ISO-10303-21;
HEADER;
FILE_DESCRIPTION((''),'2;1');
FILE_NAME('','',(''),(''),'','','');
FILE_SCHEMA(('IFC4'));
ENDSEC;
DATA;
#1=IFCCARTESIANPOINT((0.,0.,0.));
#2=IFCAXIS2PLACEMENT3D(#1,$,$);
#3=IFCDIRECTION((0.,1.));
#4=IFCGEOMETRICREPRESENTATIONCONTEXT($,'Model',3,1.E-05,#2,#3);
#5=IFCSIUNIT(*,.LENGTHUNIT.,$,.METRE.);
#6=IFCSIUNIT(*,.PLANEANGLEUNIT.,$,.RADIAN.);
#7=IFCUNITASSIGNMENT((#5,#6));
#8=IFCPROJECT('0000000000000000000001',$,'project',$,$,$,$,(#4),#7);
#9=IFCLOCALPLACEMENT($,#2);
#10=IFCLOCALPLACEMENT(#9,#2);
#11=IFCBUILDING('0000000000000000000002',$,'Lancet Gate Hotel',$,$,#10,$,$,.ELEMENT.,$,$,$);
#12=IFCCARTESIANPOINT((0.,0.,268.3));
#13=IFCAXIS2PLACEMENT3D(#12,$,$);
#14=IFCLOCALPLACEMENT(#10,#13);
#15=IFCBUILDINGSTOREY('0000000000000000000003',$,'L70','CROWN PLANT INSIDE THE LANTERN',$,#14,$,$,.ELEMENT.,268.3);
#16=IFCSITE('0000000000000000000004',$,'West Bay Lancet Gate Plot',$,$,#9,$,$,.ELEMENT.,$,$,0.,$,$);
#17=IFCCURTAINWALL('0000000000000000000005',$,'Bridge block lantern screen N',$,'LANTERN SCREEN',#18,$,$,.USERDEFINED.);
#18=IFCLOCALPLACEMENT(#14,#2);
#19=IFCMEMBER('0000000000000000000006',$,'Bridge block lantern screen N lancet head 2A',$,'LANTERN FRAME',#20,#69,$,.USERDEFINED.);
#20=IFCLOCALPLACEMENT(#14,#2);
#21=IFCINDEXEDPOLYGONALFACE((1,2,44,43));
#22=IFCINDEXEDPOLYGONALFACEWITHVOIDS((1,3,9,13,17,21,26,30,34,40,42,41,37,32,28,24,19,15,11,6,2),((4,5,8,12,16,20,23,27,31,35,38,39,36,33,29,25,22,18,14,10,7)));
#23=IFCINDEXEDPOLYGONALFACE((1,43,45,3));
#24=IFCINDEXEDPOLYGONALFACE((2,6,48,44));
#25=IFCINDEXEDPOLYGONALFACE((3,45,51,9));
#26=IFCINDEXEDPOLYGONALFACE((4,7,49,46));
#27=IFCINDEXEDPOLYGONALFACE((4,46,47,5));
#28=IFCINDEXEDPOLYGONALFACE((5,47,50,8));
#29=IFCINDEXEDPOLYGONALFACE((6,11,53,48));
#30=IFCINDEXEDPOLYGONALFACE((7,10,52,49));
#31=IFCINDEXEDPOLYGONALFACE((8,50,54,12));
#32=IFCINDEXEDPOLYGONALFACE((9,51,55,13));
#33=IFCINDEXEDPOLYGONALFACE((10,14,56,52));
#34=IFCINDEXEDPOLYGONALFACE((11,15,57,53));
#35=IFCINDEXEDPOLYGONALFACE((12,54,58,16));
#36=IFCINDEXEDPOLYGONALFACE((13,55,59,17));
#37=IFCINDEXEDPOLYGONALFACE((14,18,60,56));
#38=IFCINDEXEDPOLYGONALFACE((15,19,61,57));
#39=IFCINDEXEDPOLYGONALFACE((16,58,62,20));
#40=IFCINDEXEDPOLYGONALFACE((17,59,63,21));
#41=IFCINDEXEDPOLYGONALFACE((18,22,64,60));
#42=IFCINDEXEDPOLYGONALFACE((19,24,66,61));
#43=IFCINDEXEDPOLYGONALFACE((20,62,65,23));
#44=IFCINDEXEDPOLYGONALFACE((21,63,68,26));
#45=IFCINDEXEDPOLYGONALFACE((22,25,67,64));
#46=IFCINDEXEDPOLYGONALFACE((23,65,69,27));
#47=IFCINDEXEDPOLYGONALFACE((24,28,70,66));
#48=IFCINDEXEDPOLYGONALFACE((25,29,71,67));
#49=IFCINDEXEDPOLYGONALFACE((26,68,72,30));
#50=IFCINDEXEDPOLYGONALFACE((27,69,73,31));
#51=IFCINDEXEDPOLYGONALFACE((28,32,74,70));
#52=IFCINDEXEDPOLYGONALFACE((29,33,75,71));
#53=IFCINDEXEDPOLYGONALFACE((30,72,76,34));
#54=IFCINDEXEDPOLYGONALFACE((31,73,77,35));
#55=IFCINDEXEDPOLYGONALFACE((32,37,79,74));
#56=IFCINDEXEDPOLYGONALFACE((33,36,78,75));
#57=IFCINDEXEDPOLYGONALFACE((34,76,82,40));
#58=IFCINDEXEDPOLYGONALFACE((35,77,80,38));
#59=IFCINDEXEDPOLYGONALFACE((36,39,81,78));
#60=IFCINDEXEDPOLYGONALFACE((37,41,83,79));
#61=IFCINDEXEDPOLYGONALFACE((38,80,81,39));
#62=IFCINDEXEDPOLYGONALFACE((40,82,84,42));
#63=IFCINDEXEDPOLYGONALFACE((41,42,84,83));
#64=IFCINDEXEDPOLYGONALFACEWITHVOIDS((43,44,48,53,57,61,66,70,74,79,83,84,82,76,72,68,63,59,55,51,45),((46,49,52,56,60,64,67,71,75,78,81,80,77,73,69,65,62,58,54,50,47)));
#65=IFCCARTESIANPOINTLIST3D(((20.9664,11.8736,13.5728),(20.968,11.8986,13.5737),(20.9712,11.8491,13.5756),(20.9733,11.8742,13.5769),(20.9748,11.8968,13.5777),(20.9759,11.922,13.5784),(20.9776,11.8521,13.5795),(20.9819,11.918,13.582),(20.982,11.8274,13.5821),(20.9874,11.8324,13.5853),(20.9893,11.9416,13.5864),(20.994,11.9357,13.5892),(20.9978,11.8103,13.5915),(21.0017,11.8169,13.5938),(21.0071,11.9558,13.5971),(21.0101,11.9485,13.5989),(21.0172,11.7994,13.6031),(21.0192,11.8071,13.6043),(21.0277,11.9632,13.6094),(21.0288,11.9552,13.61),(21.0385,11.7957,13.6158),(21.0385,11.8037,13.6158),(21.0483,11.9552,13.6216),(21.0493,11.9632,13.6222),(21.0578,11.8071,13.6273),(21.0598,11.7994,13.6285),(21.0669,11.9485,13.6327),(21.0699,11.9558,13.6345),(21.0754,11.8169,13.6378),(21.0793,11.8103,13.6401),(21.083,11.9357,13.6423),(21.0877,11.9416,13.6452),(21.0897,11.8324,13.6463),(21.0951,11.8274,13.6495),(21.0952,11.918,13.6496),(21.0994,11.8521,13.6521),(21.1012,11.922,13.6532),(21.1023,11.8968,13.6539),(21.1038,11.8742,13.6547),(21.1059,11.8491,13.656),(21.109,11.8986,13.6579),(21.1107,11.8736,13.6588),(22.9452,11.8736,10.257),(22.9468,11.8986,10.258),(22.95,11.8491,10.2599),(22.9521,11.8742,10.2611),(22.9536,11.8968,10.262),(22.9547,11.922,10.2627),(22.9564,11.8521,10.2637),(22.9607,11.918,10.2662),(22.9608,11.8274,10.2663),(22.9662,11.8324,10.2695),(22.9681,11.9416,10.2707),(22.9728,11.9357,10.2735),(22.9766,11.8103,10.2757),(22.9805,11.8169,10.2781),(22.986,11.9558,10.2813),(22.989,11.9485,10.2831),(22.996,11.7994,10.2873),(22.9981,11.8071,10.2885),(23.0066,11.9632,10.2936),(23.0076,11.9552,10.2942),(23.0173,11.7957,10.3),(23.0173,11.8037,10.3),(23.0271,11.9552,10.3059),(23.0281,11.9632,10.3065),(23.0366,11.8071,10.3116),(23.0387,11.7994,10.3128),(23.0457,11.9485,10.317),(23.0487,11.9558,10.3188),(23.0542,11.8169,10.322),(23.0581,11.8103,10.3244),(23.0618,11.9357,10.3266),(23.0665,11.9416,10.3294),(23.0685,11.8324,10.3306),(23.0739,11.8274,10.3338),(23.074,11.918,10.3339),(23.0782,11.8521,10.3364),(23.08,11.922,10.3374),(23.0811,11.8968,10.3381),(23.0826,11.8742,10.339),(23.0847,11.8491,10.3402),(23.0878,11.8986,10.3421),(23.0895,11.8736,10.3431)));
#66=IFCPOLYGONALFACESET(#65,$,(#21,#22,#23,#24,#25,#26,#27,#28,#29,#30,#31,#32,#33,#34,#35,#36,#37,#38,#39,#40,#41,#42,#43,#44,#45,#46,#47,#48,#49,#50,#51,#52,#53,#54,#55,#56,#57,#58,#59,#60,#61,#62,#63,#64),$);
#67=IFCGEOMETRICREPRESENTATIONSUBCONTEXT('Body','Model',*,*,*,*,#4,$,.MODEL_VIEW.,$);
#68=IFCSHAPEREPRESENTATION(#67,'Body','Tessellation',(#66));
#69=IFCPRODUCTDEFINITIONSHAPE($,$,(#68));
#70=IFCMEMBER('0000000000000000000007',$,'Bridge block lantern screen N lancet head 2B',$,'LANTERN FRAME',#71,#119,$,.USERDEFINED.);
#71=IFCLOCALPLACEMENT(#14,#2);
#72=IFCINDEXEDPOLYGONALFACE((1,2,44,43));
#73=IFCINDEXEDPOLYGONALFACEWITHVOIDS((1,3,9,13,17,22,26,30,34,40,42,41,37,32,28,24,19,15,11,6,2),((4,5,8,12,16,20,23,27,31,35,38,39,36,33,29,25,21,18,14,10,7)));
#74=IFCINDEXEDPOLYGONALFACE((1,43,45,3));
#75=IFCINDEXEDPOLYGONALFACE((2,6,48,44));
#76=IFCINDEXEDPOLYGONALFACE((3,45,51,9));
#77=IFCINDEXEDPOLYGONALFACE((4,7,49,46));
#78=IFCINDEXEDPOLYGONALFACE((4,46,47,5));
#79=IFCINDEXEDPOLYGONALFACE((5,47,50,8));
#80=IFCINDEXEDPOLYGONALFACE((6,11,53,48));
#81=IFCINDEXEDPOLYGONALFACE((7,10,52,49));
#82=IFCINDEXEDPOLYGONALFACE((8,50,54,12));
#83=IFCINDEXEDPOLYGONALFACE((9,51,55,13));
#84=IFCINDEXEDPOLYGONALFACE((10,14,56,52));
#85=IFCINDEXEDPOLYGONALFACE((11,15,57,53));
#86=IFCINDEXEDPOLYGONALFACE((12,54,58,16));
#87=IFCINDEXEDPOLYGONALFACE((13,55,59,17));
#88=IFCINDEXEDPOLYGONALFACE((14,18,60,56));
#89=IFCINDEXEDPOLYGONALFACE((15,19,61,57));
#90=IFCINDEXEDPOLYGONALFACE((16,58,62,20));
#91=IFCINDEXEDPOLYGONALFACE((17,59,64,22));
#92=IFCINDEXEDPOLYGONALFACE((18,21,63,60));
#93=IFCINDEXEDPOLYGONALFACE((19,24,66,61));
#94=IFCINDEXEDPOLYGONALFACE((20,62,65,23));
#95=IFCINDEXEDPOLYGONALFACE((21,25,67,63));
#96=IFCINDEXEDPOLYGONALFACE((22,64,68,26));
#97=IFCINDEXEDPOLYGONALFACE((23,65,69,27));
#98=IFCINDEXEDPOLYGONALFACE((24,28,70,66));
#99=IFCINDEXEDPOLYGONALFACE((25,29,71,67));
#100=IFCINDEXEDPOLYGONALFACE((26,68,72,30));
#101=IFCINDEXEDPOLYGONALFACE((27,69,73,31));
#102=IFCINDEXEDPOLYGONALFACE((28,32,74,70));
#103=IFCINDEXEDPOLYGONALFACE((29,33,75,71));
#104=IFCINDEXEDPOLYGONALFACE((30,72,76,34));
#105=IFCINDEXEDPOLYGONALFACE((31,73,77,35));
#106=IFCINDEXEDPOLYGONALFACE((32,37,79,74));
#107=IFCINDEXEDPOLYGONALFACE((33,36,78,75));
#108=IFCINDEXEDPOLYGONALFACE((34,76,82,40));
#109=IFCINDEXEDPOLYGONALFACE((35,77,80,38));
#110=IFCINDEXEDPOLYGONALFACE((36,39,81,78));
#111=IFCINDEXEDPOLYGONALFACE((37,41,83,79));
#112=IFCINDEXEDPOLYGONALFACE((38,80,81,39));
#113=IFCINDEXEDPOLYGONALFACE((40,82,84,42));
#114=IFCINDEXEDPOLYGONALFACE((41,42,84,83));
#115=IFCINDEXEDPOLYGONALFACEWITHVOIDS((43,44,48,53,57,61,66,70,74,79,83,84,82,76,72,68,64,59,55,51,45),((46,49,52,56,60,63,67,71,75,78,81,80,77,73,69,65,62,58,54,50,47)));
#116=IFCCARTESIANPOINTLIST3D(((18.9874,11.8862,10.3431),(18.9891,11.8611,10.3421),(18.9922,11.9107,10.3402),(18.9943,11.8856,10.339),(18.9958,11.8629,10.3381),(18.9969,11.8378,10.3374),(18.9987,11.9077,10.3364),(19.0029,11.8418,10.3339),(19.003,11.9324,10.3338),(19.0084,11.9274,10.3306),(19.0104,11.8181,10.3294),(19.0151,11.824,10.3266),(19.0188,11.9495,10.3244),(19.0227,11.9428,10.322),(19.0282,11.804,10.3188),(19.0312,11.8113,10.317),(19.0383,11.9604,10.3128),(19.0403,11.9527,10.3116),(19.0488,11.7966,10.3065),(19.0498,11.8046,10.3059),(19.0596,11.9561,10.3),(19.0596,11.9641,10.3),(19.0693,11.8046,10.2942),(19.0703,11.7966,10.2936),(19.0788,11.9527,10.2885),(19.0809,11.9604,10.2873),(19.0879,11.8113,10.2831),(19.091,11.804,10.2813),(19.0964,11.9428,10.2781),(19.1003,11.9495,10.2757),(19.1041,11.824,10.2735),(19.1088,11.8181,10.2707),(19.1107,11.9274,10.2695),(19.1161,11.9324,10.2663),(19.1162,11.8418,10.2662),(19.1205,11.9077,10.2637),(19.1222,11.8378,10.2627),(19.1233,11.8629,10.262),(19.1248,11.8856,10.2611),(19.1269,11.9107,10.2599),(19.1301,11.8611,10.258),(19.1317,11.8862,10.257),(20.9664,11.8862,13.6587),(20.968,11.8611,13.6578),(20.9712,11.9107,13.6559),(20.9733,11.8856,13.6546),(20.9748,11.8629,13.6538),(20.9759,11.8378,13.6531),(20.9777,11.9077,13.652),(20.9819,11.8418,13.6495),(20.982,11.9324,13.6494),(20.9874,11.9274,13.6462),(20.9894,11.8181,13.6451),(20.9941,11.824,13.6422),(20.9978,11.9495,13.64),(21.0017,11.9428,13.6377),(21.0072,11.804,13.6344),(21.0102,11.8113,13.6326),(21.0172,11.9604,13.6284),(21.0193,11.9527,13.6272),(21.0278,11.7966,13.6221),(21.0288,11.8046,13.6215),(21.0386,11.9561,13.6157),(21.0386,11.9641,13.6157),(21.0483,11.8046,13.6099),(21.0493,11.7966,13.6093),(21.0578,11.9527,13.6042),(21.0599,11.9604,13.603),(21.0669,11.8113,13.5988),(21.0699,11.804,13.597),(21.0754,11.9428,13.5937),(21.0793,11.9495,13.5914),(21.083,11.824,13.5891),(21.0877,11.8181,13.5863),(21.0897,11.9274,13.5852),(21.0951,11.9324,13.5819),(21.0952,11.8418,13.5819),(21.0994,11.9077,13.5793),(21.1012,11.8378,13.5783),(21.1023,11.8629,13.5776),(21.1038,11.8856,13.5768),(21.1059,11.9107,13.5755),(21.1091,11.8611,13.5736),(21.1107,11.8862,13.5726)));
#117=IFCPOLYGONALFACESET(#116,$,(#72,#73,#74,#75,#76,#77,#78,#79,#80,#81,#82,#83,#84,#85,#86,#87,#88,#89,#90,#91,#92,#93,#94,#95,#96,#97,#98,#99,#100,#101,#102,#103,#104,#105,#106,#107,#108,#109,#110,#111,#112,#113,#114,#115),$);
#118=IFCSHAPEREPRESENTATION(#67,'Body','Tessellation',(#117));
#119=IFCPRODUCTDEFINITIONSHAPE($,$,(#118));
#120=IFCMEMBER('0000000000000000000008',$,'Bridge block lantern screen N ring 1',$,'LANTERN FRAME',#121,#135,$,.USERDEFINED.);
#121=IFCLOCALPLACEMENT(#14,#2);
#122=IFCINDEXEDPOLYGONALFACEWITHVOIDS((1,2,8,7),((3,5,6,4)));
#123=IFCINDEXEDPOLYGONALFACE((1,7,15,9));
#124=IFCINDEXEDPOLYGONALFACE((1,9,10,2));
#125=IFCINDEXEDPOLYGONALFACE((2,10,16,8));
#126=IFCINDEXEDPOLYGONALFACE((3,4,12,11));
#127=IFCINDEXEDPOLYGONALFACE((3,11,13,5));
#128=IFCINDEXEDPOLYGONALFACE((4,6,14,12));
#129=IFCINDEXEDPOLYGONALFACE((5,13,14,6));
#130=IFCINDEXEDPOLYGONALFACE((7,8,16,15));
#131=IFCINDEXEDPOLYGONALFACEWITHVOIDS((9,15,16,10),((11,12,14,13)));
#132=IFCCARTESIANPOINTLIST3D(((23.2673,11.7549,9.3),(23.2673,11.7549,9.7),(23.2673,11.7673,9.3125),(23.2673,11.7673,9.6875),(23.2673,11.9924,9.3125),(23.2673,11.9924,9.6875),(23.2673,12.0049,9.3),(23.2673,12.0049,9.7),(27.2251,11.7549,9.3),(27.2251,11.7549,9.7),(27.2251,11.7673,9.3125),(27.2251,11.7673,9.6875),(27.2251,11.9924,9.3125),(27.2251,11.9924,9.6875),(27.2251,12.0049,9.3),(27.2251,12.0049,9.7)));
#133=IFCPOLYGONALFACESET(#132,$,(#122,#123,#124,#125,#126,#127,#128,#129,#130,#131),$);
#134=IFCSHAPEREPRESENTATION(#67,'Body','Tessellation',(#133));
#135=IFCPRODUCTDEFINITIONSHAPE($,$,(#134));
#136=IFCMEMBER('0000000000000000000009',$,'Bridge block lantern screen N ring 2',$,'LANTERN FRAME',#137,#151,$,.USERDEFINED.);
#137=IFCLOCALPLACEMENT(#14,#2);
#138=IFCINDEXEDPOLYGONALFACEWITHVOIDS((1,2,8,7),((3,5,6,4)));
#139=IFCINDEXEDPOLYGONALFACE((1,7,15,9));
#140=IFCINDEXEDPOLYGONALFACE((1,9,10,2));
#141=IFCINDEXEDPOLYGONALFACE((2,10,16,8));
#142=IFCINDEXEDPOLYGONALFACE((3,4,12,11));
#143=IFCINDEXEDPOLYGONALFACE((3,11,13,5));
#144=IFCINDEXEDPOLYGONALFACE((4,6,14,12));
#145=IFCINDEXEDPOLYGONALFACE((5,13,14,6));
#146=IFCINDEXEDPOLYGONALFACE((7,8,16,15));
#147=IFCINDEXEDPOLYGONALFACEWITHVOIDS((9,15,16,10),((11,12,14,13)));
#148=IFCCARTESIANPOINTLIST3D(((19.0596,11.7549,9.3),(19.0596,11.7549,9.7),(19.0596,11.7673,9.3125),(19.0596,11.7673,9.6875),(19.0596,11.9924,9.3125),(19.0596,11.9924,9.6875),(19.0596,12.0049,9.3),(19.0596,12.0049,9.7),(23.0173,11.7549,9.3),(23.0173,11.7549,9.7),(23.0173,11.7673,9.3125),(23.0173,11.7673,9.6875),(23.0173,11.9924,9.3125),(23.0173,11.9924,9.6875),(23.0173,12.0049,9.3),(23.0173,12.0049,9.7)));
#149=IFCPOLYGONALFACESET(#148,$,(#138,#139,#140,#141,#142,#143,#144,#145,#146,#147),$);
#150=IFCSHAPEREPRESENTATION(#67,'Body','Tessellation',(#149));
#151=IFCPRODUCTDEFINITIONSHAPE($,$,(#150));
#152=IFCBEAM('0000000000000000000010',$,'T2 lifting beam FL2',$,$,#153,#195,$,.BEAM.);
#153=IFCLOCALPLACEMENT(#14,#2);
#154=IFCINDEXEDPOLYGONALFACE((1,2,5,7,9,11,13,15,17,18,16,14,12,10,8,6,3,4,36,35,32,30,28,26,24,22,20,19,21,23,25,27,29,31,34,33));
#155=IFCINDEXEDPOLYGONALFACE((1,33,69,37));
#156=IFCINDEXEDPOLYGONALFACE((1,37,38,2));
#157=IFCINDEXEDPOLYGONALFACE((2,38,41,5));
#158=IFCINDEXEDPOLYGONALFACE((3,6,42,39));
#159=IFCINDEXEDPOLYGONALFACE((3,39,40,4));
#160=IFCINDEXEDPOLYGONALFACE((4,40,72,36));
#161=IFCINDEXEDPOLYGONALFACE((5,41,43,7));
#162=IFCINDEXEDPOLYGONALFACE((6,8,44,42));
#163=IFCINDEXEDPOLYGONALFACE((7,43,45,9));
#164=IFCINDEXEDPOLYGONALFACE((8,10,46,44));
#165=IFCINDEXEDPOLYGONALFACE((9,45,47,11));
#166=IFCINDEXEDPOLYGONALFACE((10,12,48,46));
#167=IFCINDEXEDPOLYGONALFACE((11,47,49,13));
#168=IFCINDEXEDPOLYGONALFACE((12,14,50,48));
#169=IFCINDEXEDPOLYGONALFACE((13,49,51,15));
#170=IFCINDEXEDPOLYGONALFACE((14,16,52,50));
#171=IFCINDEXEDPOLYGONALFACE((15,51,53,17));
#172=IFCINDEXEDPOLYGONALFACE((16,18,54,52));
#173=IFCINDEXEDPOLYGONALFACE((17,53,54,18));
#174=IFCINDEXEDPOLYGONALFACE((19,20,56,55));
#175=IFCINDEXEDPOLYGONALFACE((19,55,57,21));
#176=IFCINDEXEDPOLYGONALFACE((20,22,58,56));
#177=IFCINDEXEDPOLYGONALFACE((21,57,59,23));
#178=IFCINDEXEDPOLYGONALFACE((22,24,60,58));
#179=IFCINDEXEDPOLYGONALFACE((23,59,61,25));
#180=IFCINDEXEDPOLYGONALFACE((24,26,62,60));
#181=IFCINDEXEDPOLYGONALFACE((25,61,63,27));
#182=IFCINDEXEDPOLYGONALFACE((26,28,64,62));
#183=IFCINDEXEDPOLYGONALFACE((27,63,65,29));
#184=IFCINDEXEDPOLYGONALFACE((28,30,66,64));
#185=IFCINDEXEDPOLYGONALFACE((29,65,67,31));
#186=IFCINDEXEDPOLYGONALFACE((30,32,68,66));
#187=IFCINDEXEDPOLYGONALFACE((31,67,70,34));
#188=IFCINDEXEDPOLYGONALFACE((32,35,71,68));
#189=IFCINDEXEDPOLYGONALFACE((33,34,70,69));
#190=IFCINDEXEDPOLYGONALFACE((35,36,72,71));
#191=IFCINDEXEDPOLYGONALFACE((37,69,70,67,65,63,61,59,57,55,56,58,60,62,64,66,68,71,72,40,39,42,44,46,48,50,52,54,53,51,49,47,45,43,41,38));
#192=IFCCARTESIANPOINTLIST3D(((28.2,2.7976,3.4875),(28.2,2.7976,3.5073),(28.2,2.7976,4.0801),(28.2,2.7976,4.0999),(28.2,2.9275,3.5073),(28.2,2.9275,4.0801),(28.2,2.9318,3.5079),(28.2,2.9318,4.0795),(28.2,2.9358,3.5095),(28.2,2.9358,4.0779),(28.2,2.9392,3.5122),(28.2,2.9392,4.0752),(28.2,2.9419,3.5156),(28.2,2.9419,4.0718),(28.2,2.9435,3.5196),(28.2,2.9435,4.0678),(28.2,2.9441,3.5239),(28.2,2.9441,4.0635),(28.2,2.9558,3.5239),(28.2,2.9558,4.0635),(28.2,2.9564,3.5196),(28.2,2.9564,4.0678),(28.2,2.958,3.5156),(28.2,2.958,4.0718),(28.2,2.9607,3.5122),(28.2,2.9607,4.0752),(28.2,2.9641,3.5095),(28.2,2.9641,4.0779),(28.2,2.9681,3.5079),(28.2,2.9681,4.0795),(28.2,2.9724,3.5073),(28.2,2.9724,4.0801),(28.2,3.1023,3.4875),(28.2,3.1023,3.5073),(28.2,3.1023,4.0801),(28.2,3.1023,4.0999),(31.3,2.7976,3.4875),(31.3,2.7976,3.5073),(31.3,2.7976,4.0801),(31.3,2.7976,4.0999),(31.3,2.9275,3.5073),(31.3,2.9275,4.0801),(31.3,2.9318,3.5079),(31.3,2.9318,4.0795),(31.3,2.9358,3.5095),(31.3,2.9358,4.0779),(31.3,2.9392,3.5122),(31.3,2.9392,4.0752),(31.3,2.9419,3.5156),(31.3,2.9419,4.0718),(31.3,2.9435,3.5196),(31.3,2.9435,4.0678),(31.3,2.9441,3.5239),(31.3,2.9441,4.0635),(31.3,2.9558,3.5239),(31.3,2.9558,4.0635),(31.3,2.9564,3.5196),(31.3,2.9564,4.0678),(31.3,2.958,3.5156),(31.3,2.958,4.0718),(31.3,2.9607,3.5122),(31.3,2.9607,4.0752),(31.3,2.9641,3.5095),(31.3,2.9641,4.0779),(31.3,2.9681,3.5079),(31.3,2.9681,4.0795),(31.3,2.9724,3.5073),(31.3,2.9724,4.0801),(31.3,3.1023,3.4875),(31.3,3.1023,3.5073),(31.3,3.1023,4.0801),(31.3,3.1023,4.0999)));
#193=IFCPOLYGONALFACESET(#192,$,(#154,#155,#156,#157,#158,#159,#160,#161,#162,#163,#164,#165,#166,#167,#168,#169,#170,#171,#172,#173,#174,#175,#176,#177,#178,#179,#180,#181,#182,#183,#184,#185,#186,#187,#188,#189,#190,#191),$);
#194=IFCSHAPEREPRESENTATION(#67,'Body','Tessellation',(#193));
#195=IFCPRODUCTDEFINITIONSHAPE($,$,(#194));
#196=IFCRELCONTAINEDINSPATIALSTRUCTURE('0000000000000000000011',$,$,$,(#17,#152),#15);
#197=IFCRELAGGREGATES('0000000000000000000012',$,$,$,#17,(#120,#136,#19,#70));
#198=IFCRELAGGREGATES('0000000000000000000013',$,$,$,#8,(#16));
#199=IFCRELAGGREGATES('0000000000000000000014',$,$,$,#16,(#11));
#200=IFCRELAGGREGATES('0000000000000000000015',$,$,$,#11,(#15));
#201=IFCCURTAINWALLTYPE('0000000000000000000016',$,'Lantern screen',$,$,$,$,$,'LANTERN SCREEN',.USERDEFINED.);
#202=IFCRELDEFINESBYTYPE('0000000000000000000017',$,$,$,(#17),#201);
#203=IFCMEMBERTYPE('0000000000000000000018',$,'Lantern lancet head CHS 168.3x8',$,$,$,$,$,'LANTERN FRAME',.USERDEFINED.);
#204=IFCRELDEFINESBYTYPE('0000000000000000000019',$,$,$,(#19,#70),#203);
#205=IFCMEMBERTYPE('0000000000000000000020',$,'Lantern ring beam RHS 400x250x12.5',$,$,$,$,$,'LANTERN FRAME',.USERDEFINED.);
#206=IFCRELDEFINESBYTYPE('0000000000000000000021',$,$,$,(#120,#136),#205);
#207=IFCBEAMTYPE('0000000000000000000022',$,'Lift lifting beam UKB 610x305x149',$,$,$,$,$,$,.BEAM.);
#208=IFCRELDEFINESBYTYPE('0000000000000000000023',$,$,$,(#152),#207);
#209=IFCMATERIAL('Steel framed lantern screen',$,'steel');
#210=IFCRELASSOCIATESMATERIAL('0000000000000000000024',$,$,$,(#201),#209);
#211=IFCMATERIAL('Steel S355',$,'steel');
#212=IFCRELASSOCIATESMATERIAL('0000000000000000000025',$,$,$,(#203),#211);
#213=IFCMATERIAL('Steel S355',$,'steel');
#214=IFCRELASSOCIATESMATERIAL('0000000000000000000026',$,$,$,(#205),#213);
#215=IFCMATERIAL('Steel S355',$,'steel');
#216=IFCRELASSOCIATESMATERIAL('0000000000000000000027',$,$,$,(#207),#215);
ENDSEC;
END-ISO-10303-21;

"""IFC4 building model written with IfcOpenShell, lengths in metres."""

from ifc_helpers import new_model, si_unit, direction, frame, origin, origin_2d, place, context, subcontext, project, spatial, hollow_rectangle, hollow_circle, i_section, extrude, material, material_profile, profile_set, type_object, element, aggregate, save


model = new_model("IFC4")

# Units and contexts
model_context = context("Model", 3, precision=1e-05, world=origin(), true_north=direction((0.0, 1.0)))
body_context = subcontext(model_context, "Body", "Model", "MODEL_VIEW")
ifc_project = project(units=[si_unit("LENGTHUNIT", "METRE"), si_unit("PLANEANGLEUNIT", "RADIAN")], contexts=[model_context])

# Site, building, storey
site_placement = place(None, origin())
site = spatial("IfcSite", under=ifc_project, at=site_placement, Name="West Bay Lancet Gate Plot", CompositionType="ELEMENT", RefElevation=0.0)
building_placement = place(site_placement, origin())
building = spatial("IfcBuilding", under=site, at=building_placement, Name="Lancet Gate Hotel", CompositionType="ELEMENT")
storey_placement = place(building_placement, frame((0.0, 0.0, 268.3)))
storey = spatial("IfcBuildingStorey", under=building, at=storey_placement, Name="L70", Description="CROWN PLANT INSIDE THE LANTERN", CompositionType="ELEMENT", Elevation=268.3)

# Curtain wall
ifc_material_1 = material(Name="Steel framed lantern screen", Category="steel")
curtain_wall_type_1 = type_object("IfcCurtainWallType", Name="Lantern screen", ElementType="LANTERN SCREEN", PredefinedType="USERDEFINED", material=ifc_material_1)
curtain_wall_1_placement = place(storey_placement, origin())
curtain_wall_1 = element("IfcCurtainWall", 1, at=curtain_wall_1_placement, inside=storey, type_object=curtain_wall_type_1, Name="Bridge block lantern screen N", ObjectType="LANTERN SCREEN", PredefinedType="USERDEFINED")

# Members
ifc_material_2 = material(Name="Steel S355", Category="steel")
ifc_material_profile_1 = material_profile(ifc_material_2, hollow_circle(Radius=0.0842, WallThickness=0.0081, at=origin_2d()), Name="CHS 168.3x8.0")
ifc_profile_set_1 = profile_set([ifc_material_profile_1], Name="Steel S355")
member_type_1 = type_object("IfcMemberType", Name="Lantern lancet head CHS 168.3x8", ElementType="LANTERN FRAME", PredefinedType="USERDEFINED", material=ifc_profile_set_1)
member_1_placement = place(storey_placement, frame((23.0173, 11.8799, 10.3), z_axis=(-0.512467, 0.0, 0.858707), x_axis=(0.0, -1.0, 0.0)))
member_1 = element("IfcMember", 2, at=member_1_placement, type_object=member_type_1, Name="Bridge block lantern screen N lancet head 2A", ObjectType="LANTERN FRAME", PredefinedType="USERDEFINED", context=body_context, shape_type="SweptSolid", body=[
    extrude(hollow_circle(Radius=0.0842, WallThickness=0.0081, at=origin_2d()), origin(), (0.0, 0.0, 1.0), 3.8613),
])
member_2_placement = place(storey_placement, frame((19.0596, 11.8799, 10.3), z_axis=(0.512514, 0.0, 0.858679), x_axis=(0.0, 1.0, 0.0)))
member_2 = element("IfcMember", 3, at=member_2_placement, type_object=member_type_1, Name="Bridge block lantern screen N lancet head 2B", ObjectType="LANTERN FRAME", PredefinedType="USERDEFINED", context=body_context, shape_type="SweptSolid", body=[
    extrude(hollow_circle(Radius=0.0842, WallThickness=0.0081, at=origin_2d()), origin(), (0.0, 0.0, 1.0), 3.8613),
])
ifc_material_3 = material(Name="Steel S355", Category="steel")
ifc_material_profile_2 = material_profile(ifc_material_3, hollow_rectangle(XDim=0.25, YDim=0.3999, WallThickness=0.0125, at=origin_2d()), Name="RHS 400x250x12.5")
ifc_profile_set_2 = profile_set([ifc_material_profile_2], Name="Steel S355")
member_type_2 = type_object("IfcMemberType", Name="Lantern ring beam RHS 400x250x12.5", ElementType="LANTERN FRAME", PredefinedType="USERDEFINED", material=ifc_profile_set_2)
member_3_placement = place(storey_placement, frame((27.2251, 11.8799, 9.5), z_axis=(-1.0, 0.0, 0.0), x_axis=(0.0, -1.0, 0.0)))
member_3 = element("IfcMember", 4, at=member_3_placement, type_object=member_type_2, Name="Bridge block lantern screen N ring 1", ObjectType="LANTERN FRAME", PredefinedType="USERDEFINED", context=body_context, shape_type="SweptSolid", body=[
    extrude(hollow_rectangle(XDim=0.25, YDim=0.3999, WallThickness=0.0125, at=origin_2d()), origin(), (0.0, 0.0, 1.0), 3.9578),
])
member_4_placement = place(storey_placement, frame((23.0173, 11.8799, 9.5), z_axis=(-1.0, 0.0, 0.0), x_axis=(0.0, -1.0, 0.0)))
member_4 = element("IfcMember", 5, at=member_4_placement, type_object=member_type_2, Name="Bridge block lantern screen N ring 2", ObjectType="LANTERN FRAME", PredefinedType="USERDEFINED", context=body_context, shape_type="SweptSolid", body=[
    extrude(hollow_rectangle(XDim=0.25, YDim=0.3999, WallThickness=0.0125, at=origin_2d()), origin(), (0.0, 0.0, 1.0), 3.9578),
])
aggregate(curtain_wall_1, [member_3, member_4, member_1, member_2])

# Beam
ifc_material_4 = material(Name="Steel S355", Category="steel")
ifc_material_profile_3 = material_profile(ifc_material_4, i_section(OverallWidth=0.3047, OverallDepth=0.6123, WebThickness=0.0117, FlangeThickness=0.0198, FilletRadius=0.0166, at=origin_2d()), Name="UKB 610x305x149")
ifc_profile_set_3 = profile_set([ifc_material_profile_3], Name="Steel S355")
beam_type_1 = type_object("IfcBeamType", Name="Lift lifting beam UKB 610x305x149", PredefinedType="BEAM", material=ifc_profile_set_3)
beam_1_placement = place(storey_placement, frame((28.2, 2.95, 3.7937), z_axis=(1.0, 0.0, 0.0), x_axis=(0.0, 1.0, 0.0)))
element("IfcBeam", 6, at=beam_1_placement, inside=storey, type_object=beam_type_1, Name="T2 lifting beam FL2", PredefinedType="BEAM", context=body_context, shape_type="SweptSolid", body=[
    extrude(i_section(OverallWidth=0.3047, OverallDepth=0.6123, WebThickness=0.0117, FlangeThickness=0.0198, FilletRadius=0.0166, at=origin_2d()), origin(), (0.0, 0.0, 1.0), 3.1001),
])

save(model, "model.ifc")
